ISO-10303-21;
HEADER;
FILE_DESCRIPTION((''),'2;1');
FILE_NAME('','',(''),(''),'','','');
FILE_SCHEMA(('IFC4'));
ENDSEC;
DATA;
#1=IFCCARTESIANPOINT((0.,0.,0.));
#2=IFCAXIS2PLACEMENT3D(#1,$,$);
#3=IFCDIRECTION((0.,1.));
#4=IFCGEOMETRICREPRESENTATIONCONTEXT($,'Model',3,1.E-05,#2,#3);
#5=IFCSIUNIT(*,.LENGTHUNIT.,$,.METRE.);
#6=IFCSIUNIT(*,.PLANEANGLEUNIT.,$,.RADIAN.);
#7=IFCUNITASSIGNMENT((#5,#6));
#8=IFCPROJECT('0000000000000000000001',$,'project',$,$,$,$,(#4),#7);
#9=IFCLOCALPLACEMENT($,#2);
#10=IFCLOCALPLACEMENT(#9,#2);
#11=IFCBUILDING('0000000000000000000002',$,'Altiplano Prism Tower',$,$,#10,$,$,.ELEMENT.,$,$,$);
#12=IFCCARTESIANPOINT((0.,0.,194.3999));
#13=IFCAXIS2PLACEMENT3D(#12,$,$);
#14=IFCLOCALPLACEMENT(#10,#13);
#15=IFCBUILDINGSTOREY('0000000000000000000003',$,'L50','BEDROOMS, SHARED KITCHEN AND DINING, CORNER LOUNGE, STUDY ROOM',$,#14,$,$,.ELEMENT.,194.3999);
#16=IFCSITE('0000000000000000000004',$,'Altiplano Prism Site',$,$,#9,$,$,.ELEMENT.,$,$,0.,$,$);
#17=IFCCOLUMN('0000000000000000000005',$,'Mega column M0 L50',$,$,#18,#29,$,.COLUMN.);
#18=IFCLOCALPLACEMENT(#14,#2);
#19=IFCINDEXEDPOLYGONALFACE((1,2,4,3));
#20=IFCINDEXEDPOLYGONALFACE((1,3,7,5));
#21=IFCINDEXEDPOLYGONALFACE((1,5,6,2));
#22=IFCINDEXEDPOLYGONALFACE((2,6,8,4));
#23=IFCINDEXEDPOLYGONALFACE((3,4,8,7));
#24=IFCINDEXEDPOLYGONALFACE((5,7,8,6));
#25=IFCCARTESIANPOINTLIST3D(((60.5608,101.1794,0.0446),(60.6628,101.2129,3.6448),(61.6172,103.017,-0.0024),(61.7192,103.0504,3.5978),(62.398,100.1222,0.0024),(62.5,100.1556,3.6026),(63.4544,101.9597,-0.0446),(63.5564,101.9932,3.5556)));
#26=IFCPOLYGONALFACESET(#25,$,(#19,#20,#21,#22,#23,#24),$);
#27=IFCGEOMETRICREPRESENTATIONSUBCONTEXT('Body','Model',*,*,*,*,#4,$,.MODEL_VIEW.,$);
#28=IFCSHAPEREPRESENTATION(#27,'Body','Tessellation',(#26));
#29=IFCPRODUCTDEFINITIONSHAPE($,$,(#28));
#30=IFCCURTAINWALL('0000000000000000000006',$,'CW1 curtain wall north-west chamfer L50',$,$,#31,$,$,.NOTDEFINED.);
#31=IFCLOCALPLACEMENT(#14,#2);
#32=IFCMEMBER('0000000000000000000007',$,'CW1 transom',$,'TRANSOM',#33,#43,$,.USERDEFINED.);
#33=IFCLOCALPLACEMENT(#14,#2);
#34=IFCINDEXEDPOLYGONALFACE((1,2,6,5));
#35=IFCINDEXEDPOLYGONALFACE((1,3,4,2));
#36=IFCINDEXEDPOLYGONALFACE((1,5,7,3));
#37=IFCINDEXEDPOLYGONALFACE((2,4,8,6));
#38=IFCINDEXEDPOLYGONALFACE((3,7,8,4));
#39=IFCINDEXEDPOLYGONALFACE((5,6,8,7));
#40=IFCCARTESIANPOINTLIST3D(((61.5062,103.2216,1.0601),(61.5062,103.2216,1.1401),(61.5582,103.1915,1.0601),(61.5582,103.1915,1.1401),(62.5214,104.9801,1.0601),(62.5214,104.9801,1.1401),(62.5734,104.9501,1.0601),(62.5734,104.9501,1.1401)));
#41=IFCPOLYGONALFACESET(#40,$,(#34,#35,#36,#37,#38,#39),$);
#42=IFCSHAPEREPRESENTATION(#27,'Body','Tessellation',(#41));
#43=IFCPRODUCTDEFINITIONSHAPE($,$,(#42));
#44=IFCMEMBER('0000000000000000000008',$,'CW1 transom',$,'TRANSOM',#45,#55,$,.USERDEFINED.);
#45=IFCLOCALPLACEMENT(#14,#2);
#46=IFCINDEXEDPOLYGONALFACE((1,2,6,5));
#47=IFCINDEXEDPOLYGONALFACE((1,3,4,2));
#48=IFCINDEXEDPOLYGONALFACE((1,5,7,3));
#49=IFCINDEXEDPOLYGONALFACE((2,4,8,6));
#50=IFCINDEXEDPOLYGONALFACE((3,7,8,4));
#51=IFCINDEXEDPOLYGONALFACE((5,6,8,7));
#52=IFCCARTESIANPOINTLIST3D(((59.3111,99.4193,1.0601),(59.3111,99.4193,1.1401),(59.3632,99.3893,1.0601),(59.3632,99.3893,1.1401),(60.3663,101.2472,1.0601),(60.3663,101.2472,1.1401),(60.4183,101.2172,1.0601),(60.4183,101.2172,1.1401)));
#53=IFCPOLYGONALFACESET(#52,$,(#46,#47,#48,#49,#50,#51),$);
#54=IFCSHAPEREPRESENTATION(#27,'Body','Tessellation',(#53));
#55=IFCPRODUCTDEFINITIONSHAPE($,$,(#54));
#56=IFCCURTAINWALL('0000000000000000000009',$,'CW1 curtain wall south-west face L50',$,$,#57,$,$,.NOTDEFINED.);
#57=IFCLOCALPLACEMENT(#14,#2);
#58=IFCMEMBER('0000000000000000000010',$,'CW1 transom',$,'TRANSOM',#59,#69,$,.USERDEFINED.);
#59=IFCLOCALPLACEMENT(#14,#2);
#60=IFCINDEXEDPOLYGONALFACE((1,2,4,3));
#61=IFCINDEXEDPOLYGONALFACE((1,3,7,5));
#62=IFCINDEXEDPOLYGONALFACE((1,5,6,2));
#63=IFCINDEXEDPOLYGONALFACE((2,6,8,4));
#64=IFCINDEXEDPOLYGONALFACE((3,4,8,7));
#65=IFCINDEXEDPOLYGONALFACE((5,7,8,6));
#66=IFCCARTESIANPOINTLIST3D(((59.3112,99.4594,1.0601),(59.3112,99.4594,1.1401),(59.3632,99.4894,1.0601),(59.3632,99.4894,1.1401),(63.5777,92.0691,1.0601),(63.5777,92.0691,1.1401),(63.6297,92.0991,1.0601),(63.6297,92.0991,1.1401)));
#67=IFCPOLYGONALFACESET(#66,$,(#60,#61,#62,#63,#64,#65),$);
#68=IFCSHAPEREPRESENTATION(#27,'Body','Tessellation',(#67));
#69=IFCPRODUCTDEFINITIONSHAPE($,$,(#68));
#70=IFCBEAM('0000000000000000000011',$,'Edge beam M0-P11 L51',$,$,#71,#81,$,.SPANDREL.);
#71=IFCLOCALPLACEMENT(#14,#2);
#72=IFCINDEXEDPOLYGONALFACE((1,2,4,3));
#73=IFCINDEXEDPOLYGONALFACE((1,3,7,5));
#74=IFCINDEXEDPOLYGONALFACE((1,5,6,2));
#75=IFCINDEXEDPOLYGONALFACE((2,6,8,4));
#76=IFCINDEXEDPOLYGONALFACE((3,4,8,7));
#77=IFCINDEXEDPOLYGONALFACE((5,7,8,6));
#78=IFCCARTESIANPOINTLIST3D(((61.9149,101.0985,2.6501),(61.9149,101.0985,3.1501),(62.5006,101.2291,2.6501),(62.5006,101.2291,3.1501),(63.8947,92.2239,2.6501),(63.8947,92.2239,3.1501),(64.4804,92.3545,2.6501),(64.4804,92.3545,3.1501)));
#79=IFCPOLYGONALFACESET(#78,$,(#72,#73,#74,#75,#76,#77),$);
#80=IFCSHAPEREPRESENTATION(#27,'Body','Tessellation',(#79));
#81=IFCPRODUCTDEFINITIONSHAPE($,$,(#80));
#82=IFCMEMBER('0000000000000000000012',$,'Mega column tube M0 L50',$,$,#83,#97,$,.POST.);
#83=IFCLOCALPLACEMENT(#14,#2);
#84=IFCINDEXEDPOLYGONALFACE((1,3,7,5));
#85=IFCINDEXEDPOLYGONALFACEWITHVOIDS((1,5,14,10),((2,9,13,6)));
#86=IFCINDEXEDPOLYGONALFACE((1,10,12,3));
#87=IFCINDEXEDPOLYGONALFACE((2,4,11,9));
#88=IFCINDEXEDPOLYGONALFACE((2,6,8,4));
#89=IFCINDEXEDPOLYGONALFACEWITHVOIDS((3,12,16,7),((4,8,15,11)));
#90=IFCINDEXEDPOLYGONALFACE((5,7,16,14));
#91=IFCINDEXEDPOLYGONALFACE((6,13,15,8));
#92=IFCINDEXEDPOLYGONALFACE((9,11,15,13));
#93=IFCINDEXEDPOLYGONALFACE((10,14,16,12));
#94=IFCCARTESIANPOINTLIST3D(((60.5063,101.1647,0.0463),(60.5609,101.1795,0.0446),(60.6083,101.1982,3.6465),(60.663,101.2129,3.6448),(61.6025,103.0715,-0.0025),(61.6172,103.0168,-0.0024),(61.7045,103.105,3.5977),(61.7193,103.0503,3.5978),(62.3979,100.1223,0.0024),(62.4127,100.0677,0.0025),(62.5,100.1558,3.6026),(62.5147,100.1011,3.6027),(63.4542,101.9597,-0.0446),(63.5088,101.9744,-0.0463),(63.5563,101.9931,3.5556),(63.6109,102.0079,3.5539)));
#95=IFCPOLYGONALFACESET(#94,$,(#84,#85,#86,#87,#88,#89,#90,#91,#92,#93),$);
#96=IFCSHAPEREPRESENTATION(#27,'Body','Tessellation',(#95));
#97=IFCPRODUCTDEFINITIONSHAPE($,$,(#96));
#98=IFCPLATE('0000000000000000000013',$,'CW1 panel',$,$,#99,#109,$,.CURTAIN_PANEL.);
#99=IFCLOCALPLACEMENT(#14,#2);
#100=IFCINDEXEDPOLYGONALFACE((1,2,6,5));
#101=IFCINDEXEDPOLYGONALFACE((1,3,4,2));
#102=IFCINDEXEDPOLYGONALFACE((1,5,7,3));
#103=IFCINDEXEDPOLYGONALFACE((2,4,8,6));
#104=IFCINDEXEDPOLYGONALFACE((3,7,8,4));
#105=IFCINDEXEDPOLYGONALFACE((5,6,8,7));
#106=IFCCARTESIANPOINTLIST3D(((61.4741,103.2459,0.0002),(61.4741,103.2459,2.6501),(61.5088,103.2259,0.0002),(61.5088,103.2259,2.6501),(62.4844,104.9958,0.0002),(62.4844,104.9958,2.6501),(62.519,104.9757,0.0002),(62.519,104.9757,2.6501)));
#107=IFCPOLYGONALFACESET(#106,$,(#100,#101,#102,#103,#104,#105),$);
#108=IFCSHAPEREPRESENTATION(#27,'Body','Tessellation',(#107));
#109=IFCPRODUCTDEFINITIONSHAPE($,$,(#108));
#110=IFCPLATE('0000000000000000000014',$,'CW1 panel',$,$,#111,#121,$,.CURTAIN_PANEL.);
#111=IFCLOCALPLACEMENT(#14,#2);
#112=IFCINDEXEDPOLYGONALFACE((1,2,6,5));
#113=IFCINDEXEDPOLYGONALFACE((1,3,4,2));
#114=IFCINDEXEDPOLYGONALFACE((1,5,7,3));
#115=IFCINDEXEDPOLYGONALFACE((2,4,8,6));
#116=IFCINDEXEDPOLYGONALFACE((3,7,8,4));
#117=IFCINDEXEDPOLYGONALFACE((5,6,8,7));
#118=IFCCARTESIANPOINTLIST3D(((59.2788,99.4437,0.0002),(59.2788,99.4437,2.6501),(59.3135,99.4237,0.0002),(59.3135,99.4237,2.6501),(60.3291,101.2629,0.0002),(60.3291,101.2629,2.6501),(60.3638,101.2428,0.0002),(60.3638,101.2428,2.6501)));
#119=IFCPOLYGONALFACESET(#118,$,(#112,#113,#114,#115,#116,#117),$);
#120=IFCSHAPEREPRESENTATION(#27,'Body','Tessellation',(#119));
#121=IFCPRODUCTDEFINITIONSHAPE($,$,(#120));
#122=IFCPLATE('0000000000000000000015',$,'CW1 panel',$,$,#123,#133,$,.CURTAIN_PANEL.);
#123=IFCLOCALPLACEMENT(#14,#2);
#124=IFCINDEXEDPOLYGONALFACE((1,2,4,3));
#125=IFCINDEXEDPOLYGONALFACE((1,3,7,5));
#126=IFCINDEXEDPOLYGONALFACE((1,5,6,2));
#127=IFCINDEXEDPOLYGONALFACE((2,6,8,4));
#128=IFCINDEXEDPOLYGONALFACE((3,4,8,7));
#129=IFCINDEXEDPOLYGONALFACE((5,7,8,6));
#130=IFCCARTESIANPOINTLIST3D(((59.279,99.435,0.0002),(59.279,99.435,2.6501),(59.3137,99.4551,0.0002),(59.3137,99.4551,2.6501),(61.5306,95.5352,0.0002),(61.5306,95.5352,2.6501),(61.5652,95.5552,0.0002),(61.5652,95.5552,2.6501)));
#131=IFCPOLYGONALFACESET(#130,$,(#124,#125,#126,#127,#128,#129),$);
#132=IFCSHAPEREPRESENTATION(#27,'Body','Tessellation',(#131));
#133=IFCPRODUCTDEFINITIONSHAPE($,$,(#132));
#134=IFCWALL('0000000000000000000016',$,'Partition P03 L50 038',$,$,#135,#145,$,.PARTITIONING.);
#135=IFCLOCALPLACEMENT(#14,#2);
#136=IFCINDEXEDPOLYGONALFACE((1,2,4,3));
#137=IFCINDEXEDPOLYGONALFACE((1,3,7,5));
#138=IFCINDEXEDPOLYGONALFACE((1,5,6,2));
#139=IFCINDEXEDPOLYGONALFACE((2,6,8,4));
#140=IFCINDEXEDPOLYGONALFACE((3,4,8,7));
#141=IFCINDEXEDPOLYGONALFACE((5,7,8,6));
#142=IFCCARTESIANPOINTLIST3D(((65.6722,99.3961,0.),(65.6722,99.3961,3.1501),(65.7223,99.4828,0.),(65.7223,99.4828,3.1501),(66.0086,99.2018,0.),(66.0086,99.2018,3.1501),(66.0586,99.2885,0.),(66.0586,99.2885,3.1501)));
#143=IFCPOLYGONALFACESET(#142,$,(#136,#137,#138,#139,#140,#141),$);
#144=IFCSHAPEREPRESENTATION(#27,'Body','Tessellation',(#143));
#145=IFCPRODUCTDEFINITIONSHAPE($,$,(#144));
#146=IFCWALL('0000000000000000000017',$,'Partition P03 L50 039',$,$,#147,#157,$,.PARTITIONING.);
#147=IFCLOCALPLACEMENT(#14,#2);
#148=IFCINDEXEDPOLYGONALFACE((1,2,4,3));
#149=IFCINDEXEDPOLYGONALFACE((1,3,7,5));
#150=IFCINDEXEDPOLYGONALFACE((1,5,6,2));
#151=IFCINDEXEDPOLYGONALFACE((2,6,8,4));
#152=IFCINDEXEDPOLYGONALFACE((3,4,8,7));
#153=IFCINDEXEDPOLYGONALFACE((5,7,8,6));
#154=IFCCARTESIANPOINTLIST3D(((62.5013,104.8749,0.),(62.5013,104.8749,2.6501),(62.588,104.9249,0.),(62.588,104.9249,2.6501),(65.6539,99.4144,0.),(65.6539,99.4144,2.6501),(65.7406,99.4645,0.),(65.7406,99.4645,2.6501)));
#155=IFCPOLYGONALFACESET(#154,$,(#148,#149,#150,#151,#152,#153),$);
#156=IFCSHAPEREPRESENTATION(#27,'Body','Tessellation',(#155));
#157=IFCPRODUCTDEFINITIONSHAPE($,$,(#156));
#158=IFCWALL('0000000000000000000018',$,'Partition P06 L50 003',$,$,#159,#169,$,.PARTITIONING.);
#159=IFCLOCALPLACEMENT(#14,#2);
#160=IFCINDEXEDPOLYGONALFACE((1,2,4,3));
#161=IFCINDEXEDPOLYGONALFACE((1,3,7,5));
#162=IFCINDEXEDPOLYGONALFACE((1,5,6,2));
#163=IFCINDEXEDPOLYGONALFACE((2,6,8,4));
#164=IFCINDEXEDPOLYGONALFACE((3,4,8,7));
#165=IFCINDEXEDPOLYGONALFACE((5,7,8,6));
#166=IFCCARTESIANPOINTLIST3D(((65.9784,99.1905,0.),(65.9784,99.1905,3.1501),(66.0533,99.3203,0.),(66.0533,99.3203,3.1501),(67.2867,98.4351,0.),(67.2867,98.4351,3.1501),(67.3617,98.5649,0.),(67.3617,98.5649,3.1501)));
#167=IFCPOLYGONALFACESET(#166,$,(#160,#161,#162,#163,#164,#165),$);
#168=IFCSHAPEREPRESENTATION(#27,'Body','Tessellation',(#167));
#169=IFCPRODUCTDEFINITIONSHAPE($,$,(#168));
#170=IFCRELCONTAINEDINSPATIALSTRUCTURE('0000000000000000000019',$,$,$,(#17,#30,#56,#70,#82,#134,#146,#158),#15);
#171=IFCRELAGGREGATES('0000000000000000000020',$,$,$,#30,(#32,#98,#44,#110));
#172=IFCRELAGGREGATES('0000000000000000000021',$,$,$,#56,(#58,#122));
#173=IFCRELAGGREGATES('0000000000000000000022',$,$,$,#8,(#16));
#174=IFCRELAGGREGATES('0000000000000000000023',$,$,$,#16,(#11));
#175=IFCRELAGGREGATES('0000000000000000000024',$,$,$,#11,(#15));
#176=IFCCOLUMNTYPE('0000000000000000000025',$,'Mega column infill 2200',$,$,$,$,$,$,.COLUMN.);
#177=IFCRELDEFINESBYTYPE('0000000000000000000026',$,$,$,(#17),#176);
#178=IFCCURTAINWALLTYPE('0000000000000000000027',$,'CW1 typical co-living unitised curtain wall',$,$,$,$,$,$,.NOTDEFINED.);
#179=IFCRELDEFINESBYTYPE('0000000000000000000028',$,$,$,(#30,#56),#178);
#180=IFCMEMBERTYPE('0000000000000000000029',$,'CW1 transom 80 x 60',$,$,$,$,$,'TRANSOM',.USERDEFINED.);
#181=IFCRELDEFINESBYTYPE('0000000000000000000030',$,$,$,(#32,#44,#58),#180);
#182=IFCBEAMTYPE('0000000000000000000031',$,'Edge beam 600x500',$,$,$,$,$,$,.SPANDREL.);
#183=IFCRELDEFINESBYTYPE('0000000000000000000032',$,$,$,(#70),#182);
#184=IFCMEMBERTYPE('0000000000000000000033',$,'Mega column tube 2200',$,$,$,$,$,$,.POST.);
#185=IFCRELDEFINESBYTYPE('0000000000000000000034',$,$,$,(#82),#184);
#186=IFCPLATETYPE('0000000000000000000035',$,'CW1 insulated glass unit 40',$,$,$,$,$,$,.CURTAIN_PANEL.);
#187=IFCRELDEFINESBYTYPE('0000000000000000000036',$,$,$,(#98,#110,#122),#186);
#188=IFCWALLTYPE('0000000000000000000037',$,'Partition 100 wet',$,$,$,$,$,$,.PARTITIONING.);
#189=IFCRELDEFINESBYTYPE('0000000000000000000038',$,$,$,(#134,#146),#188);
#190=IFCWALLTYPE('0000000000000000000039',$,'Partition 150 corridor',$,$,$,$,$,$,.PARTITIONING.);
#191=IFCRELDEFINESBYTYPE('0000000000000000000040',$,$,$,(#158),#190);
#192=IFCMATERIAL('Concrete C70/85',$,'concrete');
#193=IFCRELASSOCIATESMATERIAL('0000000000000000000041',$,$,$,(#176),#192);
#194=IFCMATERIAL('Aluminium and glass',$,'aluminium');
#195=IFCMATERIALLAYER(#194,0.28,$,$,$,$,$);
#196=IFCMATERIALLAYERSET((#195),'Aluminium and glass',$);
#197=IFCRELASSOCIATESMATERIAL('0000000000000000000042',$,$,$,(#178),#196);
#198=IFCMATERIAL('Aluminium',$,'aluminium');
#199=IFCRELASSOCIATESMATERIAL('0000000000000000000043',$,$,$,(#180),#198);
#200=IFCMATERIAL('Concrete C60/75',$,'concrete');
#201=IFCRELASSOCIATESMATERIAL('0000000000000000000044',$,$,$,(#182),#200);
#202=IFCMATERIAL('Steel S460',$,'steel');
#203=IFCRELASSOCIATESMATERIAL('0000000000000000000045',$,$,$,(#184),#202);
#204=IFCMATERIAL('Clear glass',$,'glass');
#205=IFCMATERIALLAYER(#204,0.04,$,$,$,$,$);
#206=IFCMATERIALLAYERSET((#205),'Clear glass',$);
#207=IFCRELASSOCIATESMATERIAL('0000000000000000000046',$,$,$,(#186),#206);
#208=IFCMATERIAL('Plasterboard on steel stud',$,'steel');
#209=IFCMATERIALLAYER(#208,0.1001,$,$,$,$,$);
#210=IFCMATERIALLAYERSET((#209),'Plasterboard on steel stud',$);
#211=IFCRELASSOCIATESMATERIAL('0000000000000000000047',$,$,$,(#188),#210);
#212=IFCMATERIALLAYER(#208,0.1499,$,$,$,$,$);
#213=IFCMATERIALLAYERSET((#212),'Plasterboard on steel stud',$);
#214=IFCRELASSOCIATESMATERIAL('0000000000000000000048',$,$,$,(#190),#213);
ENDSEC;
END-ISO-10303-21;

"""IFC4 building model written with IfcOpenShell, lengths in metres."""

from ifc_helpers import new_model, si_unit, direction, frame, frame_2d, origin, origin_2d, place, context, subcontext, project, spatial, rectangle, hollow_rectangle, extrude, material, layer, layer_set, material_profile, profile_set, type_object, element, aggregate, save


model = new_model("IFC4")

# Units and contexts
model_context = context("Model", 3, precision=1e-05, world=origin(), true_north=direction((0.0, 1.0)))
body_context = subcontext(model_context, "Body", "Model", "MODEL_VIEW")
ifc_project = project(units=[si_unit("LENGTHUNIT", "METRE"), si_unit("PLANEANGLEUNIT", "RADIAN")], contexts=[model_context])

# Site, building, storey
site_placement = place(None, origin())
site = spatial("IfcSite", under=ifc_project, at=site_placement, Name="Altiplano Prism Site", CompositionType="ELEMENT", RefElevation=0.0)
building_placement = place(site_placement, origin())
building = spatial("IfcBuilding", under=site, at=building_placement, Name="Altiplano Prism Tower", CompositionType="ELEMENT")
storey_placement = place(building_placement, frame((0.0, 0.0, 194.3999)))
storey = spatial("IfcBuildingStorey", under=building, at=storey_placement, Name="L50", Description="BEDROOMS, SHARED KITCHEN AND DINING, CORNER LOUNGE, STUDY ROOM", CompositionType="ELEMENT", Elevation=194.3999)

# Column
ifc_material_1 = material(Name="Concrete C70/85", Category="concrete")
ifc_material_profile_1 = material_profile(ifc_material_1, rectangle(XDim=2.1201, YDim=2.1201, at=origin_2d()), Name="Mega column infill 2200")
ifc_profile_set_1 = profile_set([ifc_material_profile_1], Name="Concrete C70/85")
column_type = type_object("IfcColumnType", Name="Mega column infill 2200", PredefinedType="COLUMN", material=ifc_profile_set_1)
column_placement = place(storey_placement, frame((62.0076, 101.5696, 0.0), z_axis=(0.028334, 0.009287, 0.999555), x_axis=(-0.866557, 0.49868, 0.019931)))
element("IfcColumn", 1, at=column_placement, inside=storey, type_object=column_type, Name="Mega column M0 L50", PredefinedType="COLUMN", context=body_context, shape_type="SweptSolid", body=[
    extrude(rectangle(XDim=2.1201, YDim=2.1201, at=origin_2d()), origin(), (0.0, 0.0, 1.0), 3.6018),
])

# Curtain wall, members
ifc_material_2 = material(Name="Aluminium and glass", Category="aluminium")
ifc_layer_1 = layer(ifc_material_2, 0.28)
ifc_layer_set_1 = layer_set([ifc_layer_1], Name="Aluminium and glass")
curtain_wall_type = type_object("IfcCurtainWallType", Name="CW1 typical co-living unitised curtain wall", PredefinedType="NOTDEFINED", material=ifc_layer_set_1)
curtain_wall_1_placement = place(storey_placement, origin())
curtain_wall_1 = element("IfcCurtainWall", 2, at=curtain_wall_1_placement, inside=storey, type_object=curtain_wall_type, Name="CW1 curtain wall north-west chamfer L50", PredefinedType="NOTDEFINED")
ifc_material_3 = material(Name="Aluminium", Category="aluminium")
ifc_material_profile_2 = material_profile(ifc_material_3, rectangle(XDim=0.0601, YDim=0.0801, at=origin_2d()), Name="CW1 transom 80 x 60")
ifc_profile_set_2 = profile_set([ifc_material_profile_2], Name="Aluminium")
member_type_1 = type_object("IfcMemberType", Name="CW1 transom 80 x 60", ElementType="TRANSOM", PredefinedType="USERDEFINED", material=ifc_profile_set_2)
member_1_placement = place(storey_placement, frame((62.5474, 104.9651, 1.1001), z_axis=(-0.499941, -0.866059, 0.0), x_axis=(0.866059, -0.499941, 0.0)))
member_1 = element("IfcMember", 3, at=member_1_placement, type_object=member_type_1, Name="CW1 transom", ObjectType="TRANSOM", PredefinedType="USERDEFINED", context=body_context, shape_type="SweptSolid", body=[
    extrude(rectangle(XDim=0.0601, YDim=0.0801, at=origin_2d()), origin(), (0.0, 0.0, 1.0), 2.0305),
])
member_2_placement = place(storey_placement, frame((60.3923, 101.2322, 1.1001), z_axis=(-0.499946, -0.866057, 0.0), x_axis=(0.866057, -0.499946, 0.0)))
member_2 = element("IfcMember", 4, at=member_2_placement, type_object=member_type_1, Name="CW1 transom", ObjectType="TRANSOM", PredefinedType="USERDEFINED", context=body_context, shape_type="SweptSolid", body=[
    extrude(rectangle(XDim=0.0601, YDim=0.0801, at=origin_2d()), origin(), (0.0, 0.0, 1.0), 2.1106),
])

# Curtain wall, member
curtain_wall_2_placement = place(storey_placement, origin())
curtain_wall_2 = element("IfcCurtainWall", 5, at=curtain_wall_2_placement, inside=storey, type_object=curtain_wall_type, Name="CW1 curtain wall south-west face L50", PredefinedType="NOTDEFINED")
member_3_placement = place(storey_placement, frame((59.3372, 99.4744, 1.1001), z_axis=(0.499979, -0.866037, 0.0), x_axis=(0.866037, 0.499979, 0.0)))
member_3 = element("IfcMember", 6, at=member_3_placement, type_object=member_type_1, Name="CW1 transom", ObjectType="TRANSOM", PredefinedType="USERDEFINED", context=body_context, shape_type="SweptSolid", body=[
    extrude(rectangle(XDim=0.0601, YDim=0.0801, at=origin_2d()), origin(), (0.0, 0.0, 1.0), 8.5334),
])

# Beam
ifc_material_4 = material(Name="Concrete C60/75", Category="concrete")
ifc_material_profile_3 = material_profile(ifc_material_4, rectangle(XDim=0.6001, YDim=0.5, at=origin_2d()), Name="Edge beam 600x500")
ifc_profile_set_3 = profile_set([ifc_material_profile_3], Name="Concrete C60/75")
beam_type = type_object("IfcBeamType", Name="Edge beam 600x500", PredefinedType="SPANDREL", material=ifc_profile_set_3)
beam_placement = place(storey_placement, frame((62.2078, 101.1638, 2.9001), z_axis=(0.217729, -0.976009, 0.0), x_axis=(0.976009, 0.217729, 0.0)))
element("IfcBeam", 7, at=beam_placement, inside=storey, type_object=beam_type, Name="Edge beam M0-P11 L51", PredefinedType="SPANDREL", context=body_context, shape_type="SweptSolid", body=[
    extrude(rectangle(XDim=0.6001, YDim=0.5, at=origin_2d()), origin(), (0.0, 0.0, 1.0), 9.0928),
])

# Member
ifc_material_5 = material(Name="Steel S460", Category="steel")
ifc_material_profile_4 = material_profile(ifc_material_5, hollow_rectangle(XDim=2.2, YDim=2.2, WallThickness=0.04, at=origin_2d()), Name="Mega column tube 2200")
ifc_profile_set_4 = profile_set([ifc_material_profile_4], Name="Steel S460")
member_type_2 = type_object("IfcMemberType", Name="Mega column tube 2200", PredefinedType="POST", material=ifc_profile_set_4)
member_4_placement = place(storey_placement, frame((62.0076, 101.5696, 0.0), z_axis=(0.028334, 0.009287, 0.999555), x_axis=(-0.866557, 0.49868, 0.019931)))
element("IfcMember", 8, at=member_4_placement, inside=storey, type_object=member_type_2, Name="Mega column tube M0 L50", PredefinedType="POST", context=body_context, shape_type="SweptSolid", body=[
    extrude(hollow_rectangle(XDim=2.2, YDim=2.2, WallThickness=0.04, at=origin_2d()), origin(), (0.0, 0.0, 1.0), 3.6018),
])

# Plates
ifc_material_6 = material(Name="Clear glass", Category="glass")
ifc_layer_2 = layer(ifc_material_6, 0.04)
ifc_layer_set_2 = layer_set([ifc_layer_2], Name="Clear glass")
plate_type = type_object("IfcPlateType", Name="CW1 insulated glass unit 40", PredefinedType="CURTAIN_PANEL", material=ifc_layer_set_2)
plate_1_placement = place(storey_placement, frame((61.9966, 104.1108, 0.0002), z_axis=(0.0, 0.0, 1.0), x_axis=(-0.5, -0.866025, 0.0)))
plate_1 = element("IfcPlate", 9, at=plate_1_placement, type_object=plate_type, Name="CW1 panel", PredefinedType="CURTAIN_PANEL", context=body_context, shape_type="SweptSolid", body=[
    extrude(rectangle(XDim=2.0205, YDim=0.04, at=origin_2d()), origin(), (0.0, 0.0, 1.0), 2.6499),
])
plate_2_placement = place(storey_placement, frame((59.8213, 100.3433, 0.0002), z_axis=(0.0, 0.0, 1.0), x_axis=(-0.5, -0.866025, 0.0)))
plate_2 = element("IfcPlate", 10, at=plate_2_placement, type_object=plate_type, Name="CW1 panel", PredefinedType="CURTAIN_PANEL", context=body_context, shape_type="SweptSolid", body=[
    extrude(rectangle(XDim=2.1006, YDim=0.04, at=origin_2d()), origin(), (0.0, 0.0, 1.0), 2.6499),
])
aggregate(curtain_wall_1, [member_1, plate_1, member_2, plate_2])
plate_3_placement = place(storey_placement, frame((60.4221, 97.4951, 0.0002), z_axis=(0.0, 0.0, 1.0), x_axis=(0.5, -0.866025, 0.0)))
plate_3 = element("IfcPlate", 11, at=plate_3_placement, type_object=plate_type, Name="CW1 panel", PredefinedType="CURTAIN_PANEL", context=body_context, shape_type="SweptSolid", body=[
    extrude(rectangle(XDim=4.5032, YDim=0.04, at=origin_2d()), origin(), (0.0, 0.0, 1.0), 2.6499),
])
aggregate(curtain_wall_2, [member_3, plate_3])

# Walls
ifc_material_7 = material(Name="Plasterboard on steel stud", Category="steel")
ifc_layer_3 = layer(ifc_material_7, 0.1001)
ifc_layer_set_3 = layer_set([ifc_layer_3], Name="Plasterboard on steel stud")
wall_type_1 = type_object("IfcWallType", Name="Partition 100 wet", PredefinedType="PARTITIONING", material=ifc_layer_set_3)
wall_1_placement = place(storey_placement, frame((66.0337, 99.2451, 0.0), z_axis=(0.0, 0.0, 1.0), x_axis=(-0.865913, 0.500194, 0.0)))
element("IfcWall", 12, at=wall_1_placement, inside=storey, type_object=wall_type_1, Name="Partition P03 L50 038", PredefinedType="PARTITIONING", context=body_context, shape_type="SweptSolid", body=[
    extrude(rectangle(XDim=0.3884, YDim=0.1001, at=frame_2d((0.1943, 0.0))), origin(), (0.0, 0.0, 1.0), 3.1501),
])
wall_2_placement = place(storey_placement, frame((65.6973, 99.4395, 0.0), z_axis=(0.0, 0.0, 1.0), x_axis=(-0.5, 0.866026, 0.0)))
element("IfcWall", 13, at=wall_2_placement, inside=storey, type_object=wall_type_1, Name="Partition P03 L50 039", PredefinedType="PARTITIONING", context=body_context, shape_type="SweptSolid", body=[
    extrude(rectangle(XDim=6.3052, YDim=0.1001, at=frame_2d((3.1526, 0.0))), origin(), (0.0, 0.0, 1.0), 2.6501),
])
ifc_layer_4 = layer(ifc_material_7, 0.1499)
ifc_layer_set_4 = layer_set([ifc_layer_4], Name="Plasterboard on steel stud")
wall_type_2 = type_object("IfcWallType", Name="Partition 150 corridor", PredefinedType="PARTITIONING", material=ifc_layer_set_4)
wall_3_placement = place(storey_placement, frame((66.0159, 99.2554, 0.0), z_axis=(0.0, 0.0, 1.0), x_axis=(0.866027, -0.499998, 0.0)))
element("IfcWall", 14, at=wall_3_placement, inside=storey, type_object=wall_type_2, Name="Partition P06 L50 003", PredefinedType="PARTITIONING", context=body_context, shape_type="SweptSolid", body=[
    extrude(rectangle(XDim=1.5107, YDim=0.1499, at=frame_2d((0.7554, 0.0))), origin(), (0.0, 0.0, 1.0), 3.1501),
])

save(model, "model.ifc")
